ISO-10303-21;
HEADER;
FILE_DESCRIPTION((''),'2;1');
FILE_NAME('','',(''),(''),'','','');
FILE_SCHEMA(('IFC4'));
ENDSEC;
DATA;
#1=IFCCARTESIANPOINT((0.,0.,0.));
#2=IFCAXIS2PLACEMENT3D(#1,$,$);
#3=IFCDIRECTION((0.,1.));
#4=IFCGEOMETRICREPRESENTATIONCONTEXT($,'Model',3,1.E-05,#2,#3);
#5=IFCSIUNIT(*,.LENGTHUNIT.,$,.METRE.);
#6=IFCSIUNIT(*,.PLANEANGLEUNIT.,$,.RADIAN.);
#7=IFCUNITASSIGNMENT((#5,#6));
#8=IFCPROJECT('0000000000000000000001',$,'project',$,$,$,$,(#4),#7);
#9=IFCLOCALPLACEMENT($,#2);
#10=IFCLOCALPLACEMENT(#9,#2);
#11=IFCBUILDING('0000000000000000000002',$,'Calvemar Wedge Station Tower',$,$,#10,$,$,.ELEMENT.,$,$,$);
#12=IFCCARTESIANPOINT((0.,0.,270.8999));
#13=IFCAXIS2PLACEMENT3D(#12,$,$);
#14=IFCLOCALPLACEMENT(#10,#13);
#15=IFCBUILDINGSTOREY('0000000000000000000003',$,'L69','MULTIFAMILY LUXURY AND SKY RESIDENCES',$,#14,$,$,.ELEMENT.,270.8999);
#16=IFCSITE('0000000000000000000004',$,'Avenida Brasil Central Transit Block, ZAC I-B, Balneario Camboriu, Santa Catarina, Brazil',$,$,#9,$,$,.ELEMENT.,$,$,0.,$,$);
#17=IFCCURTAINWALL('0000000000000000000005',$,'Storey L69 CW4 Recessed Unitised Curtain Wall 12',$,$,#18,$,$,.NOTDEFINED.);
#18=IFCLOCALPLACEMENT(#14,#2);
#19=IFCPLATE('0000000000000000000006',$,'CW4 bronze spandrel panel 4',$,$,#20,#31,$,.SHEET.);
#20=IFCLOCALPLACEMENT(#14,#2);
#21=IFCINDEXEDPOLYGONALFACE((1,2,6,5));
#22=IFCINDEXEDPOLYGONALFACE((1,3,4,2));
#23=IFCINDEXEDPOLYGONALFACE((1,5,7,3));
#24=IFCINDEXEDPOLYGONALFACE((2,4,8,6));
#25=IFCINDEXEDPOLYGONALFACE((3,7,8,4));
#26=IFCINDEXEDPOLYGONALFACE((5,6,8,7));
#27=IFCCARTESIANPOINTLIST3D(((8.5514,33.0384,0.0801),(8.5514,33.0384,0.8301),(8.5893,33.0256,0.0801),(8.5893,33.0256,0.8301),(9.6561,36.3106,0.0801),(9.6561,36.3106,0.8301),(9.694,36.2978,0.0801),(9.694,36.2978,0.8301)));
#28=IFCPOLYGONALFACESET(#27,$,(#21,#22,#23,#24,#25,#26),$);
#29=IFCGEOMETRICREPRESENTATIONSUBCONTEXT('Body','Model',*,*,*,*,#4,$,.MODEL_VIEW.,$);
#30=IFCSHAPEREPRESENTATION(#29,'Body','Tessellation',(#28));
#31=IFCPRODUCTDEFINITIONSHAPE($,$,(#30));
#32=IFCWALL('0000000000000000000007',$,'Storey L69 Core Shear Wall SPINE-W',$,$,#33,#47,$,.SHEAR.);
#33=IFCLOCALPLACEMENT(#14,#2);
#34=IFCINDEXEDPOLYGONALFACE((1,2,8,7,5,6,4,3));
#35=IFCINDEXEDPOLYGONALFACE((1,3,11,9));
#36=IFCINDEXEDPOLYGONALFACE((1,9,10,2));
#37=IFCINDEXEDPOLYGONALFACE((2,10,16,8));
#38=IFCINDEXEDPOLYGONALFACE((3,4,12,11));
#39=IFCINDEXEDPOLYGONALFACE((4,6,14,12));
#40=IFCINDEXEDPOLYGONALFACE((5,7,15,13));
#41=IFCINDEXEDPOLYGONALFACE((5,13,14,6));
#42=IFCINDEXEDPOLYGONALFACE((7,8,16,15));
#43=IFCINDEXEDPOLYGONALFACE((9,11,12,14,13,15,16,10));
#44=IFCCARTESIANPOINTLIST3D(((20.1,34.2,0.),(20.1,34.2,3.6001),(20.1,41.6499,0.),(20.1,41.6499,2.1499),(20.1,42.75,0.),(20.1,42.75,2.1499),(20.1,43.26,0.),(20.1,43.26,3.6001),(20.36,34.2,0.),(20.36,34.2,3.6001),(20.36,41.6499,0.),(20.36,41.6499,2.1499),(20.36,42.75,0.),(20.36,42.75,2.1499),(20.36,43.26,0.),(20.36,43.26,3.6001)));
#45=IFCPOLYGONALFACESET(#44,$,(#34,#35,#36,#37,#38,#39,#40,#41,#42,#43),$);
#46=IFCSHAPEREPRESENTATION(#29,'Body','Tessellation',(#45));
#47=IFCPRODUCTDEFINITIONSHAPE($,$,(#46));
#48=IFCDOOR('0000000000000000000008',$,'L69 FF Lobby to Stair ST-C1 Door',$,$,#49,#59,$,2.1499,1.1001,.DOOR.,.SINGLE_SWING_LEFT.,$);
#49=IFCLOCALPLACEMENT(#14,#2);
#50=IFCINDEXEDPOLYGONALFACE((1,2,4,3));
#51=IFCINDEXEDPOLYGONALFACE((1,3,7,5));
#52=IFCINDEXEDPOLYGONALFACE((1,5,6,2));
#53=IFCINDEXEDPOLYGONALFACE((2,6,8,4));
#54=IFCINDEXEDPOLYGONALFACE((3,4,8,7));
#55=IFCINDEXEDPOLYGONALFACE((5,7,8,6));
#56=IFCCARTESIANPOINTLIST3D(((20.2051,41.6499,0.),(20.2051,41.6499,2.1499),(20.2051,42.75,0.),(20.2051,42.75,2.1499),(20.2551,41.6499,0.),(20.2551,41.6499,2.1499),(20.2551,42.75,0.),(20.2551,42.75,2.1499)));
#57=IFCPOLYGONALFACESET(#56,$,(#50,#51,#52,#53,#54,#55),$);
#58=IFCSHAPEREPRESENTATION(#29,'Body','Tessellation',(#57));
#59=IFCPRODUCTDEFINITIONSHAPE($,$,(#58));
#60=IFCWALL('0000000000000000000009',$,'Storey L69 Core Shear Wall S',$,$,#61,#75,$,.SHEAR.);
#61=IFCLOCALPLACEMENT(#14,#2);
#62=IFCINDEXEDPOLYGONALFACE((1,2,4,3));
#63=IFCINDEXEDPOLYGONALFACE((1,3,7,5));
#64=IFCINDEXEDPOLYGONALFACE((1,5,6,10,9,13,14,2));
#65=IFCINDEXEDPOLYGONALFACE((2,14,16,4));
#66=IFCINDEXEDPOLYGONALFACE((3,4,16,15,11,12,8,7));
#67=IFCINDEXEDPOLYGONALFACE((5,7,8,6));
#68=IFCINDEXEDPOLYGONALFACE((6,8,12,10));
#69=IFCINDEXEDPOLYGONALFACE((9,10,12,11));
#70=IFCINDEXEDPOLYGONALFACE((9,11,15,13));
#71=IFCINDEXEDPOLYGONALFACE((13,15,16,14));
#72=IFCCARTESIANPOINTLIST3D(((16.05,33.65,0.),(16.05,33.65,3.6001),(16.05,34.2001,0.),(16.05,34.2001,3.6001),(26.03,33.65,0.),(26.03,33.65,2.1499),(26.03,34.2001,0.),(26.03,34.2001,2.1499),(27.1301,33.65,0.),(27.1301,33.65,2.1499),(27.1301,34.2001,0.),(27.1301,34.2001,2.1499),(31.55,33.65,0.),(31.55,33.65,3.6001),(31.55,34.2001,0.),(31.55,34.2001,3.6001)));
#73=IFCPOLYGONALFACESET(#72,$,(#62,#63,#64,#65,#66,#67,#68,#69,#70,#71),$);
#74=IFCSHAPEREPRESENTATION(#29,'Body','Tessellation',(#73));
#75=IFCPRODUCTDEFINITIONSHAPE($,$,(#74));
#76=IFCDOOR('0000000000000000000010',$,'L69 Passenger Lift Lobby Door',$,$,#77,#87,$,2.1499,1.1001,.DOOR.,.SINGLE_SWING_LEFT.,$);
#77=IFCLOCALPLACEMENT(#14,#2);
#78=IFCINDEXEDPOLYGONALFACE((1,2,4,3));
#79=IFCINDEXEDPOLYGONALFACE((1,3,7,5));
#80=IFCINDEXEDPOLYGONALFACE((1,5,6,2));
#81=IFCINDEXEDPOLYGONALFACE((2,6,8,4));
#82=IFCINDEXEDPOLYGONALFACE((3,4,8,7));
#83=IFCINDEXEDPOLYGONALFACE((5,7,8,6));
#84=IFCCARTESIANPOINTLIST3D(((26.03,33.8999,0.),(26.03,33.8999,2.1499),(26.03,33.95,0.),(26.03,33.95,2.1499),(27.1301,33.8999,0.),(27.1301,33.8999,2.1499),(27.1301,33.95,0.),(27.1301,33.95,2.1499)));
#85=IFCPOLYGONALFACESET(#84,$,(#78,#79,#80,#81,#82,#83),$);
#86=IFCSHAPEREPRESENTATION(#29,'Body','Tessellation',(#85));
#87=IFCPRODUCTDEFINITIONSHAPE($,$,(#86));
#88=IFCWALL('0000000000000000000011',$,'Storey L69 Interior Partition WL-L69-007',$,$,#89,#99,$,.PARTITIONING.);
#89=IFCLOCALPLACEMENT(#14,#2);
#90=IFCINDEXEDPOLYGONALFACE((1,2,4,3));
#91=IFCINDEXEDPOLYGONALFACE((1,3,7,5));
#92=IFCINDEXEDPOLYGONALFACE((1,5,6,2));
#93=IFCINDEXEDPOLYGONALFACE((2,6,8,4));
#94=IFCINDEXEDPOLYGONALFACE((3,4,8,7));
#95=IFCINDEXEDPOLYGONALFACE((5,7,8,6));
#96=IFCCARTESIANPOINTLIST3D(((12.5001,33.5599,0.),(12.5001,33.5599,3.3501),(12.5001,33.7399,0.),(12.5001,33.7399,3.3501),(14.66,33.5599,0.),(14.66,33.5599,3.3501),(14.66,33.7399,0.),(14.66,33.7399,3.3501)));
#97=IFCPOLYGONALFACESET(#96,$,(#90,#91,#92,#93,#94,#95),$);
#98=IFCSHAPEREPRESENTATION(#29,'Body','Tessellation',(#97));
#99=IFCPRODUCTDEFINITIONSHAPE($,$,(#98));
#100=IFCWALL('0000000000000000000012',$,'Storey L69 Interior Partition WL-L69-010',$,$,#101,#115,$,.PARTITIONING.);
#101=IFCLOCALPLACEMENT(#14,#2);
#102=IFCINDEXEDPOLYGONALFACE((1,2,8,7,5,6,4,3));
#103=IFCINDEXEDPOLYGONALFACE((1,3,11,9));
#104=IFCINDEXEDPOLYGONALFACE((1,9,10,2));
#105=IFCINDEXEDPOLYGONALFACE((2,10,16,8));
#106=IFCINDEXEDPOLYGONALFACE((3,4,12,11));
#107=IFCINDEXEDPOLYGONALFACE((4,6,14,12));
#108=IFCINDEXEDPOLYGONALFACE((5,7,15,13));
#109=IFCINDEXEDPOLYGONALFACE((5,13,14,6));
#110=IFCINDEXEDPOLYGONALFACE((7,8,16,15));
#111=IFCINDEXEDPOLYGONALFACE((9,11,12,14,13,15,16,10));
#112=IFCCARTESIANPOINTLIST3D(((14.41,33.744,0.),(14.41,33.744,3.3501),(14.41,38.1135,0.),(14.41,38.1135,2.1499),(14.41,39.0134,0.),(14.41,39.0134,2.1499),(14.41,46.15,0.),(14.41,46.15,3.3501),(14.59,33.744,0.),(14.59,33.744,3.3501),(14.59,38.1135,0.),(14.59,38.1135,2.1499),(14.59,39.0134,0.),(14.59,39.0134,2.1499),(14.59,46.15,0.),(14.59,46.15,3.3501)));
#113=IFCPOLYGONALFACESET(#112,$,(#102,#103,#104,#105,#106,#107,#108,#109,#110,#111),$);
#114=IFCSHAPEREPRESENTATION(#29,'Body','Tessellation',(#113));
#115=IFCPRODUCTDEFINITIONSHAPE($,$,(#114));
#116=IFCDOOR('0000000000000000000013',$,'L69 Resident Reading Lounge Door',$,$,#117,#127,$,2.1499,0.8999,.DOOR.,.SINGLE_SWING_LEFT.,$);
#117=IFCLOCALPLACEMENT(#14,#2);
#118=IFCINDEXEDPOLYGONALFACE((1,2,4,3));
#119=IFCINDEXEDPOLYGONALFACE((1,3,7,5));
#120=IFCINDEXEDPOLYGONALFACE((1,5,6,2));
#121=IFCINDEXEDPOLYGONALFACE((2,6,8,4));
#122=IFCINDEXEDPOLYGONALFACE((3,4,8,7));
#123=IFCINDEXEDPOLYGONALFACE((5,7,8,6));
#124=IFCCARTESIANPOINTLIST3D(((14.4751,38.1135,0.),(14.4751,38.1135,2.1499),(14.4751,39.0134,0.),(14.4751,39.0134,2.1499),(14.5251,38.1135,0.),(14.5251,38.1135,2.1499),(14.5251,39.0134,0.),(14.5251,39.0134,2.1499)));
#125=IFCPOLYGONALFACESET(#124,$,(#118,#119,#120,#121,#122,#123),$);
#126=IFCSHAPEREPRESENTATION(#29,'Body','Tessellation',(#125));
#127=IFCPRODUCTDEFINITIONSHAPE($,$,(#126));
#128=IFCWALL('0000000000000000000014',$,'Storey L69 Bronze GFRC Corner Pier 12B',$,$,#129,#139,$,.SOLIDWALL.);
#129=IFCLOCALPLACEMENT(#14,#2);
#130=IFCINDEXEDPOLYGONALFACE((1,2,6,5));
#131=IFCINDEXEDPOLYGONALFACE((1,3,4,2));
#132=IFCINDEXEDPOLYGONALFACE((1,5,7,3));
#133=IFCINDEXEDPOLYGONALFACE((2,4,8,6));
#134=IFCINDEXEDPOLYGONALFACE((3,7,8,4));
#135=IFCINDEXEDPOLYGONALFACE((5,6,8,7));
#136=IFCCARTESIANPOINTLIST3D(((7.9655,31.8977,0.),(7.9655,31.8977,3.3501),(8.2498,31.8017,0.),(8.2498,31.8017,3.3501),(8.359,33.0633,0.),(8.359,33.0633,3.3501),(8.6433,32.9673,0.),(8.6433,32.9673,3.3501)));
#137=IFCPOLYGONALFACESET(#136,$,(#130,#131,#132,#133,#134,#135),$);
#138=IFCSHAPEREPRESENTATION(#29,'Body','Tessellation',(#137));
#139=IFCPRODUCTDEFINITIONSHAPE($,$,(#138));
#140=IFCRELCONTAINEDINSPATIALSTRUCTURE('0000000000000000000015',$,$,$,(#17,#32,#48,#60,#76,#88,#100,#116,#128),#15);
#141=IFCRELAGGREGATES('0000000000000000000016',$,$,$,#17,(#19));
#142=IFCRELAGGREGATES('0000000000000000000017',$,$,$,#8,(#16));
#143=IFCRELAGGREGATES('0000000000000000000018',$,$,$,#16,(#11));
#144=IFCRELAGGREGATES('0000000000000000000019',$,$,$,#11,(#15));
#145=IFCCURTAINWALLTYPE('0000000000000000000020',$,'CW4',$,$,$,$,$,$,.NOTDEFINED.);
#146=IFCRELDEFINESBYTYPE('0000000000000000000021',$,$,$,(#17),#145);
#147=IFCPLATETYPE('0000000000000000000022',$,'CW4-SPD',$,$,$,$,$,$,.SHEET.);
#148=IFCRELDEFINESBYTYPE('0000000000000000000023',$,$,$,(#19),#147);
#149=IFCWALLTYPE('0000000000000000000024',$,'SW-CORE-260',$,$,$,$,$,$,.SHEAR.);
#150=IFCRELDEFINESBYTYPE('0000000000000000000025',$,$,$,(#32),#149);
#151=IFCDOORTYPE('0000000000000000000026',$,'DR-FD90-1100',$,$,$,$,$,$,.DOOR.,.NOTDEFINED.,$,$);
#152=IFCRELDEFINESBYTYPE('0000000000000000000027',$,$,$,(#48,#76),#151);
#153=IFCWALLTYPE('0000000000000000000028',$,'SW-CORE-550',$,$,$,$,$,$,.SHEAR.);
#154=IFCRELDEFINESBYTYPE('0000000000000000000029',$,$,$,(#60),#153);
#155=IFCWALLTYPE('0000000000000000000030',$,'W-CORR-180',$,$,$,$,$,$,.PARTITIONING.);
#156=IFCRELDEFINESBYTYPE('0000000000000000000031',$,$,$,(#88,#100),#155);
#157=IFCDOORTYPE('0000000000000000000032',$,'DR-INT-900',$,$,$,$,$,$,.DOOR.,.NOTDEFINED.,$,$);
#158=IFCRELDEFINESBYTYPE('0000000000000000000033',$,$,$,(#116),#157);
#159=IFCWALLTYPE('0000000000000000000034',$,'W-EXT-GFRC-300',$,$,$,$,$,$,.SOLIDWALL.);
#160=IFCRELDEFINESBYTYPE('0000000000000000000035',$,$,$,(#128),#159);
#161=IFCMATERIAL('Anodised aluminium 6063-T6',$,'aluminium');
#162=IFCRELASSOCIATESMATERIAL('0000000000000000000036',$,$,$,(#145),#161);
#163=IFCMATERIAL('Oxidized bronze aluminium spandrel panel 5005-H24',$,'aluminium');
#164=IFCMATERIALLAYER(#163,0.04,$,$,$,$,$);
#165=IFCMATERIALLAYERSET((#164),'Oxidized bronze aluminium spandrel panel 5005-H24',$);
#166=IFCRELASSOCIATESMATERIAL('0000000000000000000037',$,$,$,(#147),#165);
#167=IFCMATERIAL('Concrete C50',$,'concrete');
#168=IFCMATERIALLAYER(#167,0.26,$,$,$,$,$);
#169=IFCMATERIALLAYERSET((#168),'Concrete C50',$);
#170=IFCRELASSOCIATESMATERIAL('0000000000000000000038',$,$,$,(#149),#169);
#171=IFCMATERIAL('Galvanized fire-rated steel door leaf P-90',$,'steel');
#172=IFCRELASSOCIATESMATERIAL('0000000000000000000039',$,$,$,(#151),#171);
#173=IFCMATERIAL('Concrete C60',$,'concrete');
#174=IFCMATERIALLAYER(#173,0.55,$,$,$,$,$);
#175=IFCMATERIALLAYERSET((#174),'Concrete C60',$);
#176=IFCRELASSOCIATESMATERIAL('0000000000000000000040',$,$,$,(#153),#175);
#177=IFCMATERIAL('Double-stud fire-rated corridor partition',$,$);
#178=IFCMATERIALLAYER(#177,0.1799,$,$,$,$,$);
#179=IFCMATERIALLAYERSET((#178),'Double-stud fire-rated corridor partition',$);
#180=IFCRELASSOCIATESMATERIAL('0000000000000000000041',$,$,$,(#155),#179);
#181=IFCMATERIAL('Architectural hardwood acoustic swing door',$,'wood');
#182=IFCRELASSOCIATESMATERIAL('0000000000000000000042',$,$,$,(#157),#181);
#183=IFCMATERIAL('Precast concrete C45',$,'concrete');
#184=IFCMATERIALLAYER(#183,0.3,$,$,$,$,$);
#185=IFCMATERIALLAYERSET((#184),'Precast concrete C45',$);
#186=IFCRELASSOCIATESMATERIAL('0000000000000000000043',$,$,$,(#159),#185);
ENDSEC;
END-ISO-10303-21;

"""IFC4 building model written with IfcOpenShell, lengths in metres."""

from ifc_helpers import new_model, si_unit, direction, frame, frame_2d, origin, place, context, subcontext, project, spatial, rectangle, extrude, source, transform, mapped, material, layer, layer_set, type_object, element, fill, aggregate, save


model = new_model("IFC4")

# Units and contexts
model_context = context("Model", 3, precision=1e-05, world=origin(), true_north=direction((0.0, 1.0)))
body_context = subcontext(model_context, "Body", "Model", "MODEL_VIEW")
ifc_project = project(units=[si_unit("LENGTHUNIT", "METRE"), si_unit("PLANEANGLEUNIT", "RADIAN")], contexts=[model_context])

# Site, building, storey
site_placement = place(None, origin())
site = spatial("IfcSite", under=ifc_project, at=site_placement, Name="Avenida Brasil Central Transit Block, ZAC I-B, Balneario Camboriu, Santa Catarina, Brazil", CompositionType="ELEMENT", RefElevation=0.0)
building_placement = place(site_placement, origin())
building = spatial("IfcBuilding", under=site, at=building_placement, Name="Calvemar Wedge Station Tower", CompositionType="ELEMENT")
storey_placement = place(building_placement, frame((0.0, 0.0, 270.8999)))
storey = spatial("IfcBuildingStorey", under=building, at=storey_placement, Name="L69", Description="MULTIFAMILY LUXURY AND SKY RESIDENCES", CompositionType="ELEMENT", Elevation=270.8999)

# Shared definitions
ifc_material_1 = material(Name="Concrete C50", Category="concrete")

# Curtain wall, plate
ifc_material_2 = material(Name="Anodised aluminium 6063-T6", Category="aluminium")
curtain_wall_type = type_object("IfcCurtainWallType", Name="CW4", PredefinedType="NOTDEFINED", material=ifc_material_2)
curtain_wall_placement = place(storey_placement, origin())
curtain_wall = element("IfcCurtainWall", 1, at=curtain_wall_placement, inside=storey, type_object=curtain_wall_type, Name="Storey L69 CW4 Recessed Unitised Curtain Wall 12", PredefinedType="NOTDEFINED")
ifc_material_3 = material(Name="Oxidized bronze aluminium spandrel panel 5005-H24", Category="aluminium")
ifc_layer_1 = layer(ifc_material_3, 0.04)
ifc_layer_set_1 = layer_set([ifc_layer_1], Name="Oxidized bronze aluminium spandrel panel 5005-H24")
plate_type_1 = type_object("IfcPlateType", Name="CW4-SPD", PredefinedType="SHEET", material=ifc_layer_set_1)
plate_1_placement = place(storey_placement, frame((9.675, 36.3042, 0.0801), z_axis=(0.0, 0.0, 1.0), x_axis=(-0.319873, -0.94746, 0.0)))
plate_1 = element("IfcPlate", 2, at=plate_1_placement, type_object=plate_type_1, Name="CW4 bronze spandrel panel 4", PredefinedType="SHEET", context=body_context, shape_type="SweptSolid", body=[
    extrude(rectangle(XDim=3.4536, YDim=0.04, at=frame_2d((1.7268, 0.0))), origin(), (0.0, 0.0, 1.0), 0.75),
])
aggregate(curtain_wall, [plate_1])

# Walls, openings, doors
ifc_layer_2 = layer(ifc_material_1, 0.26)
ifc_layer_set_2 = layer_set([ifc_layer_2], Name="Concrete C50")
wall_type_1 = type_object("IfcWallType", Name="SW-CORE-260", PredefinedType="SHEAR", material=ifc_layer_set_2)
wall_1_placement = place(storey_placement, frame((20.23, 34.2, 0.0), z_axis=(0.0, 0.0, 1.0), x_axis=(0.0, 1.0, 0.0)))
wall_1 = element("IfcWall", 3, at=wall_1_placement, inside=storey, type_object=wall_type_1, Name="Storey L69 Core Shear Wall SPINE-W", PredefinedType="SHEAR", context=body_context, shape_type="SweptSolid", body=[
    extrude(rectangle(XDim=9.0601, YDim=0.26, at=frame_2d((4.53, 0.0))), origin(), (0.0, 0.0, 1.0), 3.6001),
])
shared_shape_1 = source(origin(), body_context, "Body", "SweptSolid", [
    extrude(rectangle(XDim=1.1001, YDim=2.1499, at=frame_2d((0.55, 1.075))), frame((0.0, 0.1401, 0.0), z_axis=(0.0, -1.0, 0.0), x_axis=(1.0, 0.0, 0.0)), (0.0, 0.0, 1.0), 0.28),
])
opening_1_placement = place(wall_1_placement, frame((7.45, 0.0, 0.0)))
opening_1 = element("IfcOpeningElement", 4, at=opening_1_placement, cuts=wall_1, PredefinedType="OPENING", context=body_context, shape_type="MappedRepresentation", body=[
    mapped(shared_shape_1, transform((0.0, 0.0, 0.0), scale=1.0)),
])
ifc_material_4 = material(Name="Galvanized fire-rated steel door leaf P-90", Category="steel")
door_type_1 = type_object("IfcDoorType", Name="DR-FD90-1100", OperationType="NOTDEFINED", PredefinedType="DOOR", material=ifc_material_4)
shared_shape_2 = source(origin(), body_context, "Body", "SweptSolid", [
    extrude(rectangle(XDim=1.1001, YDim=2.1499, at=frame_2d((0.55, 1.075))), frame((0.0, 0.0249, 0.0), z_axis=(0.0, -1.0, 0.0), x_axis=(1.0, 0.0, 0.0)), (0.0, 0.0, 1.0), 0.05),
])
door_1_placement = place(opening_1_placement, origin())
door_1 = element("IfcDoor", 5, at=door_1_placement, inside=storey, type_object=door_type_1, Name="L69 FF Lobby to Stair ST-C1 Door", OperationType="SINGLE_SWING_LEFT", OverallHeight=2.1499, OverallWidth=1.1001, PredefinedType="DOOR", context=body_context, shape_type="MappedRepresentation", body=[
    mapped(shared_shape_2, transform((0.0, 0.0, 0.0), scale=1.0)),
])
fill(opening_1, door_1)
ifc_material_5 = material(Name="Concrete C60", Category="concrete")
ifc_layer_3 = layer(ifc_material_5, 0.55)
ifc_layer_set_3 = layer_set([ifc_layer_3], Name="Concrete C60")
wall_type_2 = type_object("IfcWallType", Name="SW-CORE-550", PredefinedType="SHEAR", material=ifc_layer_set_3)
wall_2_placement = place(storey_placement, frame((16.05, 33.925, 0.0), z_axis=(0.0, 0.0, 1.0), x_axis=(1.0, 0.0, 0.0)))
wall_2 = element("IfcWall", 6, at=wall_2_placement, inside=storey, type_object=wall_type_2, Name="Storey L69 Core Shear Wall S", PredefinedType="SHEAR", context=body_context, shape_type="SweptSolid", body=[
    extrude(rectangle(XDim=15.5, YDim=0.55, at=frame_2d((7.75, 0.0))), origin(), (0.0, 0.0, 1.0), 3.6001),
])
shared_shape_3 = source(origin(), body_context, "Body", "SweptSolid", [
    extrude(rectangle(XDim=1.1001, YDim=2.1499, at=frame_2d((0.55, 1.075))), frame((0.0, 0.2852, 0.0), z_axis=(0.0, -1.0, 0.0), x_axis=(1.0, 0.0, 0.0)), (0.0, 0.0, 1.0), 0.5701),
])
opening_2_placement = place(wall_2_placement, frame((9.98, 0.0, 0.0)))
opening_2 = element("IfcOpeningElement", 7, at=opening_2_placement, cuts=wall_2, PredefinedType="OPENING", context=body_context, shape_type="MappedRepresentation", body=[
    mapped(shared_shape_3, transform((0.0, 0.0, 0.0), scale=1.0)),
])
door_2_placement = place(opening_2_placement, origin())
door_2 = element("IfcDoor", 8, at=door_2_placement, inside=storey, type_object=door_type_1, Name="L69 Passenger Lift Lobby Door", OperationType="SINGLE_SWING_LEFT", OverallHeight=2.1499, OverallWidth=1.1001, PredefinedType="DOOR", context=body_context, shape_type="MappedRepresentation", body=[
    mapped(shared_shape_2, transform((0.0, 0.0, 0.0), scale=1.0)),
])
fill(opening_2, door_2)

# Wall
ifc_material_6 = material(Name="Double-stud fire-rated corridor partition")
ifc_layer_4 = layer(ifc_material_6, 0.1799)
ifc_layer_set_4 = layer_set([ifc_layer_4], Name="Double-stud fire-rated corridor partition")
wall_type_3 = type_object("IfcWallType", Name="W-CORR-180", PredefinedType="PARTITIONING", material=ifc_layer_set_4)
wall_3_placement = place(storey_placement, frame((12.5, 33.6499, 0.0), z_axis=(0.0, 0.0, 1.0), x_axis=(1.0, 0.0, 0.0)))
element("IfcWall", 9, at=wall_3_placement, inside=storey, type_object=wall_type_3, Name="Storey L69 Interior Partition WL-L69-007", PredefinedType="PARTITIONING", context=body_context, shape_type="SweptSolid", body=[
    extrude(rectangle(XDim=2.1599, YDim=0.1799, at=frame_2d((1.0801, 0.0))), origin(), (0.0, 0.0, 1.0), 3.3501),
])

# Wall, opening, door
wall_4_placement = place(storey_placement, frame((14.5, 33.7439, 0.0), z_axis=(0.0, 0.0, 1.0), x_axis=(0.0, 1.0, 0.0)))
wall_4 = element("IfcWall", 10, at=wall_4_placement, inside=storey, type_object=wall_type_3, Name="Storey L69 Interior Partition WL-L69-010", PredefinedType="PARTITIONING", context=body_context, shape_type="SweptSolid", body=[
    extrude(rectangle(XDim=12.406, YDim=0.1799, at=frame_2d((6.2031, 0.0))), origin(), (0.0, 0.0, 1.0), 3.3501),
])
shared_shape_4 = source(origin(), body_context, "Body", "SweptSolid", [
    extrude(rectangle(XDim=0.8999, YDim=2.1499, at=frame_2d((0.45, 1.075))), frame((0.0, 0.1001, 0.0), z_axis=(0.0, -1.0, 0.0), x_axis=(1.0, 0.0, 0.0)), (0.0, 0.0, 1.0), 0.2),
])
opening_3_placement = place(wall_4_placement, frame((4.3696, 0.0, 0.0)))
opening_3 = element("IfcOpeningElement", 11, at=opening_3_placement, cuts=wall_4, PredefinedType="OPENING", context=body_context, shape_type="MappedRepresentation", body=[
    mapped(shared_shape_4, transform((0.0, 0.0, 0.0), scale=1.0)),
])
ifc_material_7 = material(Name="Architectural hardwood acoustic swing door", Category="wood")
door_type_2 = type_object("IfcDoorType", Name="DR-INT-900", OperationType="NOTDEFINED", PredefinedType="DOOR", material=ifc_material_7)
shared_shape_5 = source(origin(), body_context, "Body", "SweptSolid", [
    extrude(rectangle(XDim=0.8999, YDim=2.1499, at=frame_2d((0.45, 1.075))), frame((0.0, 0.0249, 0.0), z_axis=(0.0, -1.0, 0.0), x_axis=(1.0, 0.0, 0.0)), (0.0, 0.0, 1.0), 0.05),
])
door_3_placement = place(opening_3_placement, origin())
door_3 = element("IfcDoor", 12, at=door_3_placement, inside=storey, type_object=door_type_2, Name="L69 Resident Reading Lounge Door", OperationType="SINGLE_SWING_LEFT", OverallHeight=2.1499, OverallWidth=0.8999, PredefinedType="DOOR", context=body_context, shape_type="MappedRepresentation", body=[
    mapped(shared_shape_5, transform((0.0, 0.0, 0.0), scale=1.0)),
])
fill(opening_3, door_3)

# Wall
ifc_material_8 = material(Name="Precast concrete C45", Category="concrete")
ifc_layer_5 = layer(ifc_material_8, 0.3)
ifc_layer_set_5 = layer_set([ifc_layer_5], Name="Precast concrete C45")
wall_type_4 = type_object("IfcWallType", Name="W-EXT-GFRC-300", PredefinedType="SOLIDWALL", material=ifc_layer_set_5)
wall_5_placement = place(storey_placement, frame((8.5012, 33.0154, 0.0), z_axis=(0.0, 0.0, 1.0), x_axis=(-0.319917, -0.947446, 0.0)))
element("IfcWall", 13, at=wall_5_placement, inside=storey, type_object=wall_type_4, Name="Storey L69 Bronze GFRC Corner Pier 12B", PredefinedType="SOLIDWALL", context=body_context, shape_type="SweptSolid", body=[
    extrude(rectangle(XDim=1.2302, YDim=0.3, at=frame_2d((0.6152, 0.0))), origin(), (0.0, 0.0, 1.0), 3.3501),
])

save(model, "model.ifc")
